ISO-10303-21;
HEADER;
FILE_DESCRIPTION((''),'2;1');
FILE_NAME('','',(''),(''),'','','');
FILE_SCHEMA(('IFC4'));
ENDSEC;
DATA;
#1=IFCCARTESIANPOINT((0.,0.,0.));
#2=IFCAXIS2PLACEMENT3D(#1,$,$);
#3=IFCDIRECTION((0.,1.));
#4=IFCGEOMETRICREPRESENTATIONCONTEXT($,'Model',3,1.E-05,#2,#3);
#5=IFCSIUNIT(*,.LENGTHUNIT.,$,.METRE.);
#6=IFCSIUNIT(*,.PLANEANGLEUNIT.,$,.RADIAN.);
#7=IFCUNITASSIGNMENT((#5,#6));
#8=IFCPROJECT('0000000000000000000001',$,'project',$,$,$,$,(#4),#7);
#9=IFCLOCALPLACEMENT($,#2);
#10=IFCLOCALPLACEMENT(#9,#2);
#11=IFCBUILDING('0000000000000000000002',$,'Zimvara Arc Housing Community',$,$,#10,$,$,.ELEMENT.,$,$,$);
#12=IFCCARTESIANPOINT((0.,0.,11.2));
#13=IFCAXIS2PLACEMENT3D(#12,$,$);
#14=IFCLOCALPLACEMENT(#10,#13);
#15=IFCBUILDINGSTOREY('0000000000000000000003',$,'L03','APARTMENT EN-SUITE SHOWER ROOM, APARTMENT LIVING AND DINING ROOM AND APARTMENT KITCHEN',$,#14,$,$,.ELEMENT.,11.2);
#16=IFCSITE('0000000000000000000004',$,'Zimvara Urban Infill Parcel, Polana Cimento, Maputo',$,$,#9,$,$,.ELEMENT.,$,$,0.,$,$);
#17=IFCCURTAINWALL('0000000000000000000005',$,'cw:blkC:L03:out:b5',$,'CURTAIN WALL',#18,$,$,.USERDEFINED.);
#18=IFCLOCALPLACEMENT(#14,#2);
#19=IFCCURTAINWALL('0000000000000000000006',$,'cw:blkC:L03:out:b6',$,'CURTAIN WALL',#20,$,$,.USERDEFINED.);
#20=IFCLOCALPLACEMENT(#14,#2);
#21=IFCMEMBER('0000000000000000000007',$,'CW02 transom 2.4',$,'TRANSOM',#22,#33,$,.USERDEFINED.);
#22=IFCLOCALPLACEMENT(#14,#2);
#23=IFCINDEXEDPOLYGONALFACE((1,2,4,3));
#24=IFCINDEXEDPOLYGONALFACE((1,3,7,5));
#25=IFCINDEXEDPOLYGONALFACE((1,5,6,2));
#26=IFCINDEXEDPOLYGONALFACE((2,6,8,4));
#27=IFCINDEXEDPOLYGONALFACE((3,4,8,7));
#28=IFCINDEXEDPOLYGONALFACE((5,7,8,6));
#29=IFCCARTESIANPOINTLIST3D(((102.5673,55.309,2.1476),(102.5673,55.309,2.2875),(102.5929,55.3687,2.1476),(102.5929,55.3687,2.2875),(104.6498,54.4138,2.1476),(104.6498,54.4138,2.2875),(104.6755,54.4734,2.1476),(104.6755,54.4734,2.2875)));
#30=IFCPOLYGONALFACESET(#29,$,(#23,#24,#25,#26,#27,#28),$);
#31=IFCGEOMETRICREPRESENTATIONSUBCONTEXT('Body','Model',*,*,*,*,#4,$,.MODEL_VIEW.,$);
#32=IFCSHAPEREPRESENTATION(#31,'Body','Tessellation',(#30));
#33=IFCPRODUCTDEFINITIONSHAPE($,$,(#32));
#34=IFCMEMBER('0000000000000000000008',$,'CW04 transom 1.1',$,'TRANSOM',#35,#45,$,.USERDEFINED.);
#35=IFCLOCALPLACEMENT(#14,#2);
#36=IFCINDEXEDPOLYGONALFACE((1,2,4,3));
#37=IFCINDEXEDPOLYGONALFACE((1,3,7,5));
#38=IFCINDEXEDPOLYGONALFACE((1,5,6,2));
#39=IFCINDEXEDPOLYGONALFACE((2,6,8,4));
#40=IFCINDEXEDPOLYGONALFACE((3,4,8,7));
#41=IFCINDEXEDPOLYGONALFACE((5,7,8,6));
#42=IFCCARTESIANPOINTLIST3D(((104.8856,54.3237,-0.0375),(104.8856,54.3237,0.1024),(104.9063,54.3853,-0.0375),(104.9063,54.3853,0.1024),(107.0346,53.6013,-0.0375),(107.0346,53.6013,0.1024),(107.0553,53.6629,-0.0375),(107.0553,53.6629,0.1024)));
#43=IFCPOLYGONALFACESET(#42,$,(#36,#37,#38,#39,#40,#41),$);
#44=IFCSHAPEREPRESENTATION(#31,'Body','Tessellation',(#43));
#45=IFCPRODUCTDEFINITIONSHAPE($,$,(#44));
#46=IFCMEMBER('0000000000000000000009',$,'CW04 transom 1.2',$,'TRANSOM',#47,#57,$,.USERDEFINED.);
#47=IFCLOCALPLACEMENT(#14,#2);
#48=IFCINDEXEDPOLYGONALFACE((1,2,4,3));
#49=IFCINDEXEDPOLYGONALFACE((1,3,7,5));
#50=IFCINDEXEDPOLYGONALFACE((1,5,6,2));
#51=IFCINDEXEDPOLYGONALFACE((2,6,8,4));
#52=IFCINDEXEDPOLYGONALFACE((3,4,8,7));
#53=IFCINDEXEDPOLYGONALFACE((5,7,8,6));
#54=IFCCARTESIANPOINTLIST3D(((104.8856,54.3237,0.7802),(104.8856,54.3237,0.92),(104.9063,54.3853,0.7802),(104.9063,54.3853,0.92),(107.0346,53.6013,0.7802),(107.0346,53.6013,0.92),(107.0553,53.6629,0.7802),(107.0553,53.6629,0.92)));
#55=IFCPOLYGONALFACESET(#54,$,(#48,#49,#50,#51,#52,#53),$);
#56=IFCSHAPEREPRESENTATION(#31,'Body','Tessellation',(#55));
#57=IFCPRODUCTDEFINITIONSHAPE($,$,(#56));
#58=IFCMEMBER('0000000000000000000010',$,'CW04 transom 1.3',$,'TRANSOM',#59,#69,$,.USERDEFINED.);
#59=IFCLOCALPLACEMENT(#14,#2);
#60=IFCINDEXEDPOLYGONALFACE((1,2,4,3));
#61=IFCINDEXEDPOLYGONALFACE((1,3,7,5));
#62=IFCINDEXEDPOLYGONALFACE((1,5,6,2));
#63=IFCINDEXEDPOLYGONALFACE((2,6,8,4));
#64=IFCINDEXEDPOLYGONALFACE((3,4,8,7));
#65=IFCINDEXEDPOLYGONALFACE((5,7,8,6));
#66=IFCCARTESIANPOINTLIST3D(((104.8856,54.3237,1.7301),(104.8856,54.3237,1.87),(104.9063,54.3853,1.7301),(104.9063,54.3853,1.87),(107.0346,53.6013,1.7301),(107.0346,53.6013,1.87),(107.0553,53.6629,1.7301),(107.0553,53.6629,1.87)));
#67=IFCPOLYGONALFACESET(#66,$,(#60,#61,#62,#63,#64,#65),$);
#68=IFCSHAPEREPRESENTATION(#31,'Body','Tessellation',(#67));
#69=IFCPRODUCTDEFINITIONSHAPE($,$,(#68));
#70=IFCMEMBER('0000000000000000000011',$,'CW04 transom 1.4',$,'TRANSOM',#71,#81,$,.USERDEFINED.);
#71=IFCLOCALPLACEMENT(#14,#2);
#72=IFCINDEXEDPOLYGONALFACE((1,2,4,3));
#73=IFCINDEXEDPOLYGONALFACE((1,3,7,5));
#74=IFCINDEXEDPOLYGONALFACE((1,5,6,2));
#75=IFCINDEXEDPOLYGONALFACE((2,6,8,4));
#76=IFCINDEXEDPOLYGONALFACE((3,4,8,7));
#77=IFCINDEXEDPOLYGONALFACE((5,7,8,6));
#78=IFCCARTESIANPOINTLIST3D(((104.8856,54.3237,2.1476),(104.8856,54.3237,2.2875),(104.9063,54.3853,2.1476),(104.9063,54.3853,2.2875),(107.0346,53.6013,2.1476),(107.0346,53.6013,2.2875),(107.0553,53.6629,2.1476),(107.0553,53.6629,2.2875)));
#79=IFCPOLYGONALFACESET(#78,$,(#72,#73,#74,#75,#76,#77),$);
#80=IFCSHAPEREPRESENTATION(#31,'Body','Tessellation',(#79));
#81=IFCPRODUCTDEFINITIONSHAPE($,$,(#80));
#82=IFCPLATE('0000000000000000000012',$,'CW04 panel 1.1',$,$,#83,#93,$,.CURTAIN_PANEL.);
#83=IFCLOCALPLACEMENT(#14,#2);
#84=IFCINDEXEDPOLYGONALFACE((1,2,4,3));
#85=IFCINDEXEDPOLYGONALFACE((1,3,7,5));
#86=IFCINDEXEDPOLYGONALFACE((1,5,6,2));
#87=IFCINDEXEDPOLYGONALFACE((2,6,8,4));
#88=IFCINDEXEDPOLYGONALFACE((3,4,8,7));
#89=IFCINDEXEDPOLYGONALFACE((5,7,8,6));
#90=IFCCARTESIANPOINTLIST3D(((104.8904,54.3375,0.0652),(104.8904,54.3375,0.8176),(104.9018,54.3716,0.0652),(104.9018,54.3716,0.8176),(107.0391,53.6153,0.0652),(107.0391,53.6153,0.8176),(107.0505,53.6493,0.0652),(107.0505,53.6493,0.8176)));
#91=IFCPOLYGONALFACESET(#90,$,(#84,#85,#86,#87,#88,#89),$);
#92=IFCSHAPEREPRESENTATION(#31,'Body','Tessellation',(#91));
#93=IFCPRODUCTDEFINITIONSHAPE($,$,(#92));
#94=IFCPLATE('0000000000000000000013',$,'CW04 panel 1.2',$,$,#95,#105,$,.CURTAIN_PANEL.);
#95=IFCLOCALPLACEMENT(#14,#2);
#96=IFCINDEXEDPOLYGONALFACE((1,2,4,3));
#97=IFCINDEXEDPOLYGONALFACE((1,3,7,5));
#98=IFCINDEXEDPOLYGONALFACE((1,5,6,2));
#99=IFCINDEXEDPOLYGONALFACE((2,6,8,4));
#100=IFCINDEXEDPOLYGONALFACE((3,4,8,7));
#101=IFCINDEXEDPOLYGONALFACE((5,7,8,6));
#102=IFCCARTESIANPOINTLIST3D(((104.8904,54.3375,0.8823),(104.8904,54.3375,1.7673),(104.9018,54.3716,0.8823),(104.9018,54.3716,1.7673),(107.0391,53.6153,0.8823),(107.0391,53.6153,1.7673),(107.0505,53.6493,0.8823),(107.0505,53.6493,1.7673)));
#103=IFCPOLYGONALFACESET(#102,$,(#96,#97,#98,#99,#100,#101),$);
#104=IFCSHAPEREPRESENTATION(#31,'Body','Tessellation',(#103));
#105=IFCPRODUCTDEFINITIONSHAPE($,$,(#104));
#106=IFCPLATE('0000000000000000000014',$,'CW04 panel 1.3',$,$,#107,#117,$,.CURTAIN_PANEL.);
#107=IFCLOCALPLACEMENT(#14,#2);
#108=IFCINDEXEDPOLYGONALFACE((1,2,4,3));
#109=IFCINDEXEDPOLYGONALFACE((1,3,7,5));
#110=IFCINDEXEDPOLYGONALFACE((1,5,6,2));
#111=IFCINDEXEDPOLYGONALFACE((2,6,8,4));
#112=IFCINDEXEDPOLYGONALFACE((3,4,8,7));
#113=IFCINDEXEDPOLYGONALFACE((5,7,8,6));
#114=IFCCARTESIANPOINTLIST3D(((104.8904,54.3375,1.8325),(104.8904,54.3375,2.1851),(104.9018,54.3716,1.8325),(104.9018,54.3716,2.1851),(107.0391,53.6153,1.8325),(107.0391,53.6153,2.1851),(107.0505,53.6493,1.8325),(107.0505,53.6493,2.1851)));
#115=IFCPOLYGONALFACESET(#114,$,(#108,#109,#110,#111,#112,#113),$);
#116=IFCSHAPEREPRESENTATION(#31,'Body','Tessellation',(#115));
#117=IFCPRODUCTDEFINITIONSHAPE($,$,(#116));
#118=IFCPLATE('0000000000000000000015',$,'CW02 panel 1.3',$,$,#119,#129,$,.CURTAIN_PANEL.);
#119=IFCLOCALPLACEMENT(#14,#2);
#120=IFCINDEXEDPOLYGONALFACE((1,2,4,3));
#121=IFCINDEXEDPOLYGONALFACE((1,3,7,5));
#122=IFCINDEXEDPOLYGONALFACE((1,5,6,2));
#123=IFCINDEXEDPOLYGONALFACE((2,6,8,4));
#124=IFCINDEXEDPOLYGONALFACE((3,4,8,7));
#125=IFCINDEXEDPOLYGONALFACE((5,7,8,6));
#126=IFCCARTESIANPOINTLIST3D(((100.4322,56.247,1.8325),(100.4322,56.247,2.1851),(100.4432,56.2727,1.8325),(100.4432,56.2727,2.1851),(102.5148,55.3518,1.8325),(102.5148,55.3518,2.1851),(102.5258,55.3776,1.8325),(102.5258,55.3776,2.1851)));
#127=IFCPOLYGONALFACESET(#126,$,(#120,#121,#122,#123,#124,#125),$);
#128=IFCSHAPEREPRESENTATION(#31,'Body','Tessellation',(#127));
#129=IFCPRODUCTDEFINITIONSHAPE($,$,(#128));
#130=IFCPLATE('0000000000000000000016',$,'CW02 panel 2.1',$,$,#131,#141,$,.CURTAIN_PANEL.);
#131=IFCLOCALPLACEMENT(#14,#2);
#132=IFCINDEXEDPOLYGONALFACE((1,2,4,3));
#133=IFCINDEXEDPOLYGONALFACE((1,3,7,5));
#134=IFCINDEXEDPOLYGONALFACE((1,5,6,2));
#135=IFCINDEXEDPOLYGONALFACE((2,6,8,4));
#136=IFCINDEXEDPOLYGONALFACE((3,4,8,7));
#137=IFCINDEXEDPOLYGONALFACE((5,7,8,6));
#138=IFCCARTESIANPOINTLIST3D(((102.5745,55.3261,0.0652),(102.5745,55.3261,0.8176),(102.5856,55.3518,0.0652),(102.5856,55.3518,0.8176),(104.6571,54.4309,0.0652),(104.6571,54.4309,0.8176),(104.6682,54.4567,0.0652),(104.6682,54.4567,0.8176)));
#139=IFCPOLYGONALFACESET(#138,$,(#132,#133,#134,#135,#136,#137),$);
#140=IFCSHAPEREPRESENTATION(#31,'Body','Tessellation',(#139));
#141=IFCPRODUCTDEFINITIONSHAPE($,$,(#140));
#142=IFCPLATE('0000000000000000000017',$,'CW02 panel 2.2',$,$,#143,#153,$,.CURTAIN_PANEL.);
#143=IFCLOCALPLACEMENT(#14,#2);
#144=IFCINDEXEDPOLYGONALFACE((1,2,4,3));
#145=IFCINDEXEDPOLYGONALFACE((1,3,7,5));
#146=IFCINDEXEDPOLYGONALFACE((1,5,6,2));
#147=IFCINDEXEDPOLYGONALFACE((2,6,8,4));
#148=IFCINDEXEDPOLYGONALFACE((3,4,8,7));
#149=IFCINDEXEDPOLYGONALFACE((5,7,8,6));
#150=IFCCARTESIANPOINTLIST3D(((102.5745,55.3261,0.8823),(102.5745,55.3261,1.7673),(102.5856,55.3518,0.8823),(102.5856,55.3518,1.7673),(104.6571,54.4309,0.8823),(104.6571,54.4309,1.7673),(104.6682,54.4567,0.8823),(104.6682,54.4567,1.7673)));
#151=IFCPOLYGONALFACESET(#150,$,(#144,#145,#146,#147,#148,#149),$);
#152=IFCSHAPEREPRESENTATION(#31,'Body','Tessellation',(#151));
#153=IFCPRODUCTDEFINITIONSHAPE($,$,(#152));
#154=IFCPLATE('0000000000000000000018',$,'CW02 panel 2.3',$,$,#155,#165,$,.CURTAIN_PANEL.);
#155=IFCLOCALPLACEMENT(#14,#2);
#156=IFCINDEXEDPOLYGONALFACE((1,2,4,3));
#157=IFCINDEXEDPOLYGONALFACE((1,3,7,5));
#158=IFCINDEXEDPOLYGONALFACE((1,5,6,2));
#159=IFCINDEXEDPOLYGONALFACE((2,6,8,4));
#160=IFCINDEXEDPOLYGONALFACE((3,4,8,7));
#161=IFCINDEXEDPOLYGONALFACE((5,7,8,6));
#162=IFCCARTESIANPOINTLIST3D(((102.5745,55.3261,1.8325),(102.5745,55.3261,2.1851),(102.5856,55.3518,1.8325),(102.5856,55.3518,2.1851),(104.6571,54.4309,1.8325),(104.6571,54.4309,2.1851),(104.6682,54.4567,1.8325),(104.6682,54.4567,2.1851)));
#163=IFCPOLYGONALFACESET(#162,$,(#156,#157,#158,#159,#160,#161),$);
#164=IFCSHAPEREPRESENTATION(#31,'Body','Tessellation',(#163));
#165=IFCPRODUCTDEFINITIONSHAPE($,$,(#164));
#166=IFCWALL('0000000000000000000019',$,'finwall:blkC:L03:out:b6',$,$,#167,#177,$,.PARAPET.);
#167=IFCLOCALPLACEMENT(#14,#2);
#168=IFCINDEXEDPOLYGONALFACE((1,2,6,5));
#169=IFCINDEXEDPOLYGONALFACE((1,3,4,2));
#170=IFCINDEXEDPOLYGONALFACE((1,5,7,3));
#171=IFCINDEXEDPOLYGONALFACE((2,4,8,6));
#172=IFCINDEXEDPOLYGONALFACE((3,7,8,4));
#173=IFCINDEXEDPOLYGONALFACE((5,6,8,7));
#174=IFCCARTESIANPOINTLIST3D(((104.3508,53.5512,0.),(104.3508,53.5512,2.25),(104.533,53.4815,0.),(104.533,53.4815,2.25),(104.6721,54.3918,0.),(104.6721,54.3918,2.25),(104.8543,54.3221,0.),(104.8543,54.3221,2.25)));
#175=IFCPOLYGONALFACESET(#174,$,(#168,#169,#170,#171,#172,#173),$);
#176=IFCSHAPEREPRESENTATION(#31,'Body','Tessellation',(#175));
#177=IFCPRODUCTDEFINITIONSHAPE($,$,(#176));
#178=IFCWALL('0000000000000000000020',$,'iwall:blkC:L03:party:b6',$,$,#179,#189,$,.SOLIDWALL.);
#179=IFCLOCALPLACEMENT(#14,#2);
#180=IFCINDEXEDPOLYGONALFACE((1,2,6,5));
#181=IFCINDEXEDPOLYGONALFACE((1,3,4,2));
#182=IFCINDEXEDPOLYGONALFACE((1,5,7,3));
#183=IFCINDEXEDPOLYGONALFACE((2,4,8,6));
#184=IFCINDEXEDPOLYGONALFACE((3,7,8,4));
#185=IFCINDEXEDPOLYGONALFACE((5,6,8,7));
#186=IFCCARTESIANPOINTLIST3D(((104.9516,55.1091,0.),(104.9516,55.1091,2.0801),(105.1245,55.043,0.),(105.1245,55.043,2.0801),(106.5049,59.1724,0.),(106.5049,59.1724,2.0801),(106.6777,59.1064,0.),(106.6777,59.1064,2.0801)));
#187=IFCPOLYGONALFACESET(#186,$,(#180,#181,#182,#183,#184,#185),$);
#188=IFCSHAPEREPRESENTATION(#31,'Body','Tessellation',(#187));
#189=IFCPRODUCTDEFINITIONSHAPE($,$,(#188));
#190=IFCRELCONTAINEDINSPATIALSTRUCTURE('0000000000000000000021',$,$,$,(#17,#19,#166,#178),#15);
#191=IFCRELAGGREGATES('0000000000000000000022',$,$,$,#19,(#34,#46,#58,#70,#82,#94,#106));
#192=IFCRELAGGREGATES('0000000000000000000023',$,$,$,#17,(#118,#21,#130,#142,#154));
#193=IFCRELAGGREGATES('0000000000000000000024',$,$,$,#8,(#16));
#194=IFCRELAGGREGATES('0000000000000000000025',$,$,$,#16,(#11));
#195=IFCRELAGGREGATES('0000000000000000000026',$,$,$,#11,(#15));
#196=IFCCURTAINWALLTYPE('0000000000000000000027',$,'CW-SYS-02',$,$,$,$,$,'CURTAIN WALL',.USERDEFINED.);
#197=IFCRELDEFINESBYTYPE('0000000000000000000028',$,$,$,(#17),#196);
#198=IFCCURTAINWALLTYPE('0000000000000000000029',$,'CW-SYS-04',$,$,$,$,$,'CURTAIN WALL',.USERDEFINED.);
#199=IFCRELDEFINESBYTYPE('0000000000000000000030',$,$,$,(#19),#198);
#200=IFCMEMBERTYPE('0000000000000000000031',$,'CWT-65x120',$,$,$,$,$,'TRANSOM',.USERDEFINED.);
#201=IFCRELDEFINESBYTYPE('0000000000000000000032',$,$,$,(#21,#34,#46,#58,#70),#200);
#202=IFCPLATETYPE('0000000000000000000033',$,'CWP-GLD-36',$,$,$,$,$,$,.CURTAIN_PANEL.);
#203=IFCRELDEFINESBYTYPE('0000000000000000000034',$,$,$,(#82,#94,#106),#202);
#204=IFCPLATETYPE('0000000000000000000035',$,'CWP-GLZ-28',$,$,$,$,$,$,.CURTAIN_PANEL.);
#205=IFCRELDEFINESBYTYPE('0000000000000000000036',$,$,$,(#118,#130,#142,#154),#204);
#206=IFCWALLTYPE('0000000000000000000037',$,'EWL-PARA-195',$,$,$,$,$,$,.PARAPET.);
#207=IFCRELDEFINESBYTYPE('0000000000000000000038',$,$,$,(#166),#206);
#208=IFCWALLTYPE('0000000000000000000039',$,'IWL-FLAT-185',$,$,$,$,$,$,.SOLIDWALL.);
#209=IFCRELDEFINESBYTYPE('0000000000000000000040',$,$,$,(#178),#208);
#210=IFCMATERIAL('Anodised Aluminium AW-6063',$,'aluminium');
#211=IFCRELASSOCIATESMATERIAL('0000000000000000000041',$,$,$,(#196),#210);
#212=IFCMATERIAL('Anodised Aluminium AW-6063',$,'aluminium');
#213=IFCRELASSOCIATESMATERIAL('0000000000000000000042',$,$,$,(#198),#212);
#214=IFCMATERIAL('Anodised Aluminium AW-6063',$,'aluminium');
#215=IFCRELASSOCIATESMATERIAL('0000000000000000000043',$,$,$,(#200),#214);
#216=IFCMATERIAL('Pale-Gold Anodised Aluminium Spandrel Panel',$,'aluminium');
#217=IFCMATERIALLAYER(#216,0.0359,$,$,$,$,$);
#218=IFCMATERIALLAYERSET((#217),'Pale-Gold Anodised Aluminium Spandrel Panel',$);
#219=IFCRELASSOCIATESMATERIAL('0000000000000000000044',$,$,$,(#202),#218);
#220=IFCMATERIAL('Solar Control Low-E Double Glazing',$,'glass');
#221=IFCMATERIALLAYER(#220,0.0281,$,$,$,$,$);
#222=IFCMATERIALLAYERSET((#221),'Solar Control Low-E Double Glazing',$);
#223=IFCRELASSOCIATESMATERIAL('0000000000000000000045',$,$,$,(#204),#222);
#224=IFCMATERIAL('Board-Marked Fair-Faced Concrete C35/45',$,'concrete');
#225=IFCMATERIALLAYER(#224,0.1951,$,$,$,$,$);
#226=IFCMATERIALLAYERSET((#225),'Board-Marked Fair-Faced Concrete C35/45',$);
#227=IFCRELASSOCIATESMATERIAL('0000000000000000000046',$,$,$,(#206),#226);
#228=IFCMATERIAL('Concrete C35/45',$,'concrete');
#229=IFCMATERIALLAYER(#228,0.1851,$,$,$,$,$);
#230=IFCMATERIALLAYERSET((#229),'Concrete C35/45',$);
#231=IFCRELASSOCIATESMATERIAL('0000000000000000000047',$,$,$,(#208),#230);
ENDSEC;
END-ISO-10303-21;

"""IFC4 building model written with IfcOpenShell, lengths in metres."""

from ifc_helpers import new_model, si_unit, direction, frame, frame_2d, origin, origin_2d, place, context, subcontext, project, spatial, rectangle, extrude, material, layer, layer_set, material_profile, profile_set, type_object, element, aggregate, save


model = new_model("IFC4")

# Units and contexts
model_context = context("Model", 3, precision=1e-05, world=origin(), true_north=direction((0.0, 1.0)))
body_context = subcontext(model_context, "Body", "Model", "MODEL_VIEW")
ifc_project = project(units=[si_unit("LENGTHUNIT", "METRE"), si_unit("PLANEANGLEUNIT", "RADIAN")], contexts=[model_context])

# Site, building, storey
site_placement = place(None, origin())
site = spatial("IfcSite", under=ifc_project, at=site_placement, Name="Zimvara Urban Infill Parcel, Polana Cimento, Maputo", CompositionType="ELEMENT", RefElevation=0.0)
building_placement = place(site_placement, origin())
building = spatial("IfcBuilding", under=site, at=building_placement, Name="Zimvara Arc Housing Community", CompositionType="ELEMENT")
storey_placement = place(building_placement, frame((0.0, 0.0, 11.2)))
storey = spatial("IfcBuildingStorey", under=building, at=storey_placement, Name="L03", Description="APARTMENT EN-SUITE SHOWER ROOM, APARTMENT LIVING AND DINING ROOM AND APARTMENT KITCHEN", CompositionType="ELEMENT", Elevation=11.2)

# Curtain walls
ifc_material_1 = material(Name="Anodised Aluminium AW-6063", Category="aluminium")
curtain_wall_type_1 = type_object("IfcCurtainWallType", Name="CW-SYS-02", ElementType="CURTAIN WALL", PredefinedType="USERDEFINED", material=ifc_material_1)
curtain_wall_1_placement = place(storey_placement, origin())
curtain_wall_1 = element("IfcCurtainWall", 1, at=curtain_wall_1_placement, inside=storey, type_object=curtain_wall_type_1, Name="cw:blkC:L03:out:b5", ObjectType="CURTAIN WALL", PredefinedType="USERDEFINED")
ifc_material_2 = material(Name="Anodised Aluminium AW-6063", Category="aluminium")
curtain_wall_type_2 = type_object("IfcCurtainWallType", Name="CW-SYS-04", ElementType="CURTAIN WALL", PredefinedType="USERDEFINED", material=ifc_material_2)
curtain_wall_2_placement = place(storey_placement, origin())
curtain_wall_2 = element("IfcCurtainWall", 2, at=curtain_wall_2_placement, inside=storey, type_object=curtain_wall_type_2, Name="cw:blkC:L03:out:b6", ObjectType="CURTAIN WALL", PredefinedType="USERDEFINED")

# Members
ifc_material_3 = material(Name="Anodised Aluminium AW-6063", Category="aluminium")
ifc_material_profile_1 = material_profile(ifc_material_3, rectangle(XDim=0.0649, YDim=0.1399, at=origin_2d()), Name="ALU 65x140")
ifc_profile_set_1 = profile_set([ifc_material_profile_1], Name="Anodised Aluminium AW-6063")
member_type_1 = type_object("IfcMemberType", Name="CWT-65x120", ElementType="TRANSOM", PredefinedType="USERDEFINED", material=ifc_profile_set_1)
member_1_placement = place(storey_placement, frame((102.5801, 55.3389, 2.2175), z_axis=(0.918704, -0.394946, 0.0), x_axis=(0.394946, 0.918704, 0.0)))
member_1 = element("IfcMember", 3, at=member_1_placement, type_object=member_type_1, Name="CW02 transom 2.4", ObjectType="TRANSOM", PredefinedType="USERDEFINED", context=body_context, shape_type="SweptSolid", body=[
    extrude(rectangle(XDim=0.0649, YDim=0.1399, at=origin_2d()), origin(), (0.0, 0.0, 1.0), 2.2668),
])
member_2_placement = place(storey_placement, frame((104.896, 54.3545, 0.0325), z_axis=(0.947873, -0.31865, 0.0), x_axis=(0.31865, 0.947873, 0.0)))
member_2 = element("IfcMember", 4, at=member_2_placement, type_object=member_type_1, Name="CW04 transom 1.1", ObjectType="TRANSOM", PredefinedType="USERDEFINED", context=body_context, shape_type="SweptSolid", body=[
    extrude(rectangle(XDim=0.0649, YDim=0.1399, at=origin_2d()), origin(), (0.0, 0.0, 1.0), 2.2671),
])
member_3_placement = place(storey_placement, frame((104.896, 54.3545, 0.8501), z_axis=(0.947873, -0.31865, 0.0), x_axis=(0.31865, 0.947873, 0.0)))
member_3 = element("IfcMember", 5, at=member_3_placement, type_object=member_type_1, Name="CW04 transom 1.2", ObjectType="TRANSOM", PredefinedType="USERDEFINED", context=body_context, shape_type="SweptSolid", body=[
    extrude(rectangle(XDim=0.0649, YDim=0.1399, at=origin_2d()), origin(), (0.0, 0.0, 1.0), 2.2671),
])
member_4_placement = place(storey_placement, frame((104.896, 54.3545, 1.8), z_axis=(0.947873, -0.31865, 0.0), x_axis=(0.31865, 0.947873, 0.0)))
member_4 = element("IfcMember", 6, at=member_4_placement, type_object=member_type_1, Name="CW04 transom 1.3", ObjectType="TRANSOM", PredefinedType="USERDEFINED", context=body_context, shape_type="SweptSolid", body=[
    extrude(rectangle(XDim=0.0649, YDim=0.1399, at=origin_2d()), origin(), (0.0, 0.0, 1.0), 2.2671),
])
member_5_placement = place(storey_placement, frame((104.896, 54.3545, 2.2175), z_axis=(0.947873, -0.31865, 0.0), x_axis=(0.31865, 0.947873, 0.0)))
member_5 = element("IfcMember", 7, at=member_5_placement, type_object=member_type_1, Name="CW04 transom 1.4", ObjectType="TRANSOM", PredefinedType="USERDEFINED", context=body_context, shape_type="SweptSolid", body=[
    extrude(rectangle(XDim=0.0649, YDim=0.1399, at=origin_2d()), origin(), (0.0, 0.0, 1.0), 2.2671),
])

# Plates
ifc_material_4 = material(Name="Pale-Gold Anodised Aluminium Spandrel Panel", Category="aluminium")
ifc_layer_1 = layer(ifc_material_4, 0.0359)
ifc_layer_set_1 = layer_set([ifc_layer_1], Name="Pale-Gold Anodised Aluminium Spandrel Panel")
plate_type_1 = type_object("IfcPlateType", Name="CWP-GLD-36", PredefinedType="CURTAIN_PANEL", material=ifc_layer_set_1)
plate_1_placement = place(storey_placement, frame((105.9705, 53.9934, 0.0652), z_axis=(0.0, 0.0, 1.0), x_axis=(0.94788, -0.318629, 0.0)))
plate_1 = element("IfcPlate", 8, at=plate_1_placement, type_object=plate_type_1, Name="CW04 panel 1.1", PredefinedType="CURTAIN_PANEL", context=body_context, shape_type="SweptSolid", body=[
    extrude(rectangle(XDim=2.2668, YDim=0.0359, at=origin_2d()), origin(), (0.0, 0.0, 1.0), 0.7524),
])
plate_2_placement = place(storey_placement, frame((105.9705, 53.9934, 0.8823), z_axis=(0.0, 0.0, 1.0), x_axis=(0.94788, -0.318629, 0.0)))
plate_2 = element("IfcPlate", 9, at=plate_2_placement, type_object=plate_type_1, Name="CW04 panel 1.2", PredefinedType="CURTAIN_PANEL", context=body_context, shape_type="SweptSolid", body=[
    extrude(rectangle(XDim=2.2668, YDim=0.0359, at=origin_2d()), origin(), (0.0, 0.0, 1.0), 0.885),
])
plate_3_placement = place(storey_placement, frame((105.9705, 53.9934, 1.8325), z_axis=(0.0, 0.0, 1.0), x_axis=(0.94788, -0.318629, 0.0)))
plate_3 = element("IfcPlate", 10, at=plate_3_placement, type_object=plate_type_1, Name="CW04 panel 1.3", PredefinedType="CURTAIN_PANEL", context=body_context, shape_type="SweptSolid", body=[
    extrude(rectangle(XDim=2.2668, YDim=0.0359, at=origin_2d()), origin(), (0.0, 0.0, 1.0), 0.3525),
])
aggregate(curtain_wall_2, [member_2, member_3, member_4, member_5, plate_1, plate_2, plate_3])
ifc_material_5 = material(Name="Solar Control Low-E Double Glazing", Category="glass")
ifc_layer_2 = layer(ifc_material_5, 0.0281)
ifc_layer_set_2 = layer_set([ifc_layer_2], Name="Solar Control Low-E Double Glazing")
plate_type_2 = type_object("IfcPlateType", Name="CWP-GLZ-28", PredefinedType="CURTAIN_PANEL", material=ifc_layer_set_2)
plate_4_placement = place(storey_placement, frame((101.479, 55.8123, 1.8325), z_axis=(0.0, 0.0, 1.0), x_axis=(0.918722, -0.394904, 0.0)))
plate_4 = element("IfcPlate", 11, at=plate_4_placement, type_object=plate_type_2, Name="CW02 panel 1.3", PredefinedType="CURTAIN_PANEL", context=body_context, shape_type="SweptSolid", body=[
    extrude(rectangle(XDim=2.2668, YDim=0.0281, at=origin_2d()), origin(), (0.0, 0.0, 1.0), 0.3525),
])
plate_5_placement = place(storey_placement, frame((103.6213, 54.8914, 0.0652), z_axis=(0.0, 0.0, 1.0), x_axis=(0.918722, -0.394904, 0.0)))
plate_5 = element("IfcPlate", 12, at=plate_5_placement, type_object=plate_type_2, Name="CW02 panel 2.1", PredefinedType="CURTAIN_PANEL", context=body_context, shape_type="SweptSolid", body=[
    extrude(rectangle(XDim=2.2668, YDim=0.0281, at=origin_2d()), origin(), (0.0, 0.0, 1.0), 0.7524),
])
plate_6_placement = place(storey_placement, frame((103.6213, 54.8914, 0.8823), z_axis=(0.0, 0.0, 1.0), x_axis=(0.918722, -0.394904, 0.0)))
plate_6 = element("IfcPlate", 13, at=plate_6_placement, type_object=plate_type_2, Name="CW02 panel 2.2", PredefinedType="CURTAIN_PANEL", context=body_context, shape_type="SweptSolid", body=[
    extrude(rectangle(XDim=2.2668, YDim=0.0281, at=origin_2d()), origin(), (0.0, 0.0, 1.0), 0.885),
])
plate_7_placement = place(storey_placement, frame((103.6213, 54.8914, 1.8325), z_axis=(0.0, 0.0, 1.0), x_axis=(0.918722, -0.394904, 0.0)))
plate_7 = element("IfcPlate", 14, at=plate_7_placement, type_object=plate_type_2, Name="CW02 panel 2.3", PredefinedType="CURTAIN_PANEL", context=body_context, shape_type="SweptSolid", body=[
    extrude(rectangle(XDim=2.2668, YDim=0.0281, at=origin_2d()), origin(), (0.0, 0.0, 1.0), 0.3525),
])
aggregate(curtain_wall_1, [plate_4, member_1, plate_5, plate_6, plate_7])

# Walls
ifc_material_6 = material(Name="Board-Marked Fair-Faced Concrete C35/45", Category="concrete")
ifc_layer_3 = layer(ifc_material_6, 0.1951)
ifc_layer_set_3 = layer_set([ifc_layer_3], Name="Board-Marked Fair-Faced Concrete C35/45")
wall_type_1 = type_object("IfcWallType", Name="EWL-PARA-195", PredefinedType="PARAPET", material=ifc_layer_set_3)
wall_1_placement = place(storey_placement, frame((104.7632, 54.3569, 0.0), z_axis=(0.0, 0.0, 1.0), x_axis=(-0.357033, -0.934092, 0.0)))
element("IfcWall", 15, at=wall_1_placement, inside=storey, type_object=wall_type_1, Name="finwall:blkC:L03:out:b6", PredefinedType="PARAPET", context=body_context, shape_type="SweptSolid", body=[
    extrude(rectangle(XDim=0.8999, YDim=0.1951, at=frame_2d((0.45, 0.0))), origin(), (0.0, 0.0, 1.0), 2.25),
])
ifc_material_7 = material(Name="Concrete C35/45", Category="concrete")
ifc_layer_4 = layer(ifc_material_7, 0.1851)
ifc_layer_set_4 = layer_set([ifc_layer_4], Name="Concrete C35/45")
wall_type_2 = type_object("IfcWallType", Name="IWL-FLAT-185", PredefinedType="SOLIDWALL", material=ifc_layer_set_4)
wall_2_placement = place(storey_placement, frame((106.5913, 59.1394, 0.0), z_axis=(0.0, 0.0, 1.0), x_axis=(-0.357064, -0.93408, 0.0)))
element("IfcWall", 16, at=wall_2_placement, inside=storey, type_object=wall_type_2, Name="iwall:blkC:L03:party:b6", PredefinedType="SOLIDWALL", context=body_context, shape_type="SweptSolid", body=[
    extrude(rectangle(XDim=4.3501, YDim=0.1851, at=frame_2d((2.175, 0.0))), origin(), (0.0, 0.0, 1.0), 2.0801),
])

save(model, "model.ifc")
